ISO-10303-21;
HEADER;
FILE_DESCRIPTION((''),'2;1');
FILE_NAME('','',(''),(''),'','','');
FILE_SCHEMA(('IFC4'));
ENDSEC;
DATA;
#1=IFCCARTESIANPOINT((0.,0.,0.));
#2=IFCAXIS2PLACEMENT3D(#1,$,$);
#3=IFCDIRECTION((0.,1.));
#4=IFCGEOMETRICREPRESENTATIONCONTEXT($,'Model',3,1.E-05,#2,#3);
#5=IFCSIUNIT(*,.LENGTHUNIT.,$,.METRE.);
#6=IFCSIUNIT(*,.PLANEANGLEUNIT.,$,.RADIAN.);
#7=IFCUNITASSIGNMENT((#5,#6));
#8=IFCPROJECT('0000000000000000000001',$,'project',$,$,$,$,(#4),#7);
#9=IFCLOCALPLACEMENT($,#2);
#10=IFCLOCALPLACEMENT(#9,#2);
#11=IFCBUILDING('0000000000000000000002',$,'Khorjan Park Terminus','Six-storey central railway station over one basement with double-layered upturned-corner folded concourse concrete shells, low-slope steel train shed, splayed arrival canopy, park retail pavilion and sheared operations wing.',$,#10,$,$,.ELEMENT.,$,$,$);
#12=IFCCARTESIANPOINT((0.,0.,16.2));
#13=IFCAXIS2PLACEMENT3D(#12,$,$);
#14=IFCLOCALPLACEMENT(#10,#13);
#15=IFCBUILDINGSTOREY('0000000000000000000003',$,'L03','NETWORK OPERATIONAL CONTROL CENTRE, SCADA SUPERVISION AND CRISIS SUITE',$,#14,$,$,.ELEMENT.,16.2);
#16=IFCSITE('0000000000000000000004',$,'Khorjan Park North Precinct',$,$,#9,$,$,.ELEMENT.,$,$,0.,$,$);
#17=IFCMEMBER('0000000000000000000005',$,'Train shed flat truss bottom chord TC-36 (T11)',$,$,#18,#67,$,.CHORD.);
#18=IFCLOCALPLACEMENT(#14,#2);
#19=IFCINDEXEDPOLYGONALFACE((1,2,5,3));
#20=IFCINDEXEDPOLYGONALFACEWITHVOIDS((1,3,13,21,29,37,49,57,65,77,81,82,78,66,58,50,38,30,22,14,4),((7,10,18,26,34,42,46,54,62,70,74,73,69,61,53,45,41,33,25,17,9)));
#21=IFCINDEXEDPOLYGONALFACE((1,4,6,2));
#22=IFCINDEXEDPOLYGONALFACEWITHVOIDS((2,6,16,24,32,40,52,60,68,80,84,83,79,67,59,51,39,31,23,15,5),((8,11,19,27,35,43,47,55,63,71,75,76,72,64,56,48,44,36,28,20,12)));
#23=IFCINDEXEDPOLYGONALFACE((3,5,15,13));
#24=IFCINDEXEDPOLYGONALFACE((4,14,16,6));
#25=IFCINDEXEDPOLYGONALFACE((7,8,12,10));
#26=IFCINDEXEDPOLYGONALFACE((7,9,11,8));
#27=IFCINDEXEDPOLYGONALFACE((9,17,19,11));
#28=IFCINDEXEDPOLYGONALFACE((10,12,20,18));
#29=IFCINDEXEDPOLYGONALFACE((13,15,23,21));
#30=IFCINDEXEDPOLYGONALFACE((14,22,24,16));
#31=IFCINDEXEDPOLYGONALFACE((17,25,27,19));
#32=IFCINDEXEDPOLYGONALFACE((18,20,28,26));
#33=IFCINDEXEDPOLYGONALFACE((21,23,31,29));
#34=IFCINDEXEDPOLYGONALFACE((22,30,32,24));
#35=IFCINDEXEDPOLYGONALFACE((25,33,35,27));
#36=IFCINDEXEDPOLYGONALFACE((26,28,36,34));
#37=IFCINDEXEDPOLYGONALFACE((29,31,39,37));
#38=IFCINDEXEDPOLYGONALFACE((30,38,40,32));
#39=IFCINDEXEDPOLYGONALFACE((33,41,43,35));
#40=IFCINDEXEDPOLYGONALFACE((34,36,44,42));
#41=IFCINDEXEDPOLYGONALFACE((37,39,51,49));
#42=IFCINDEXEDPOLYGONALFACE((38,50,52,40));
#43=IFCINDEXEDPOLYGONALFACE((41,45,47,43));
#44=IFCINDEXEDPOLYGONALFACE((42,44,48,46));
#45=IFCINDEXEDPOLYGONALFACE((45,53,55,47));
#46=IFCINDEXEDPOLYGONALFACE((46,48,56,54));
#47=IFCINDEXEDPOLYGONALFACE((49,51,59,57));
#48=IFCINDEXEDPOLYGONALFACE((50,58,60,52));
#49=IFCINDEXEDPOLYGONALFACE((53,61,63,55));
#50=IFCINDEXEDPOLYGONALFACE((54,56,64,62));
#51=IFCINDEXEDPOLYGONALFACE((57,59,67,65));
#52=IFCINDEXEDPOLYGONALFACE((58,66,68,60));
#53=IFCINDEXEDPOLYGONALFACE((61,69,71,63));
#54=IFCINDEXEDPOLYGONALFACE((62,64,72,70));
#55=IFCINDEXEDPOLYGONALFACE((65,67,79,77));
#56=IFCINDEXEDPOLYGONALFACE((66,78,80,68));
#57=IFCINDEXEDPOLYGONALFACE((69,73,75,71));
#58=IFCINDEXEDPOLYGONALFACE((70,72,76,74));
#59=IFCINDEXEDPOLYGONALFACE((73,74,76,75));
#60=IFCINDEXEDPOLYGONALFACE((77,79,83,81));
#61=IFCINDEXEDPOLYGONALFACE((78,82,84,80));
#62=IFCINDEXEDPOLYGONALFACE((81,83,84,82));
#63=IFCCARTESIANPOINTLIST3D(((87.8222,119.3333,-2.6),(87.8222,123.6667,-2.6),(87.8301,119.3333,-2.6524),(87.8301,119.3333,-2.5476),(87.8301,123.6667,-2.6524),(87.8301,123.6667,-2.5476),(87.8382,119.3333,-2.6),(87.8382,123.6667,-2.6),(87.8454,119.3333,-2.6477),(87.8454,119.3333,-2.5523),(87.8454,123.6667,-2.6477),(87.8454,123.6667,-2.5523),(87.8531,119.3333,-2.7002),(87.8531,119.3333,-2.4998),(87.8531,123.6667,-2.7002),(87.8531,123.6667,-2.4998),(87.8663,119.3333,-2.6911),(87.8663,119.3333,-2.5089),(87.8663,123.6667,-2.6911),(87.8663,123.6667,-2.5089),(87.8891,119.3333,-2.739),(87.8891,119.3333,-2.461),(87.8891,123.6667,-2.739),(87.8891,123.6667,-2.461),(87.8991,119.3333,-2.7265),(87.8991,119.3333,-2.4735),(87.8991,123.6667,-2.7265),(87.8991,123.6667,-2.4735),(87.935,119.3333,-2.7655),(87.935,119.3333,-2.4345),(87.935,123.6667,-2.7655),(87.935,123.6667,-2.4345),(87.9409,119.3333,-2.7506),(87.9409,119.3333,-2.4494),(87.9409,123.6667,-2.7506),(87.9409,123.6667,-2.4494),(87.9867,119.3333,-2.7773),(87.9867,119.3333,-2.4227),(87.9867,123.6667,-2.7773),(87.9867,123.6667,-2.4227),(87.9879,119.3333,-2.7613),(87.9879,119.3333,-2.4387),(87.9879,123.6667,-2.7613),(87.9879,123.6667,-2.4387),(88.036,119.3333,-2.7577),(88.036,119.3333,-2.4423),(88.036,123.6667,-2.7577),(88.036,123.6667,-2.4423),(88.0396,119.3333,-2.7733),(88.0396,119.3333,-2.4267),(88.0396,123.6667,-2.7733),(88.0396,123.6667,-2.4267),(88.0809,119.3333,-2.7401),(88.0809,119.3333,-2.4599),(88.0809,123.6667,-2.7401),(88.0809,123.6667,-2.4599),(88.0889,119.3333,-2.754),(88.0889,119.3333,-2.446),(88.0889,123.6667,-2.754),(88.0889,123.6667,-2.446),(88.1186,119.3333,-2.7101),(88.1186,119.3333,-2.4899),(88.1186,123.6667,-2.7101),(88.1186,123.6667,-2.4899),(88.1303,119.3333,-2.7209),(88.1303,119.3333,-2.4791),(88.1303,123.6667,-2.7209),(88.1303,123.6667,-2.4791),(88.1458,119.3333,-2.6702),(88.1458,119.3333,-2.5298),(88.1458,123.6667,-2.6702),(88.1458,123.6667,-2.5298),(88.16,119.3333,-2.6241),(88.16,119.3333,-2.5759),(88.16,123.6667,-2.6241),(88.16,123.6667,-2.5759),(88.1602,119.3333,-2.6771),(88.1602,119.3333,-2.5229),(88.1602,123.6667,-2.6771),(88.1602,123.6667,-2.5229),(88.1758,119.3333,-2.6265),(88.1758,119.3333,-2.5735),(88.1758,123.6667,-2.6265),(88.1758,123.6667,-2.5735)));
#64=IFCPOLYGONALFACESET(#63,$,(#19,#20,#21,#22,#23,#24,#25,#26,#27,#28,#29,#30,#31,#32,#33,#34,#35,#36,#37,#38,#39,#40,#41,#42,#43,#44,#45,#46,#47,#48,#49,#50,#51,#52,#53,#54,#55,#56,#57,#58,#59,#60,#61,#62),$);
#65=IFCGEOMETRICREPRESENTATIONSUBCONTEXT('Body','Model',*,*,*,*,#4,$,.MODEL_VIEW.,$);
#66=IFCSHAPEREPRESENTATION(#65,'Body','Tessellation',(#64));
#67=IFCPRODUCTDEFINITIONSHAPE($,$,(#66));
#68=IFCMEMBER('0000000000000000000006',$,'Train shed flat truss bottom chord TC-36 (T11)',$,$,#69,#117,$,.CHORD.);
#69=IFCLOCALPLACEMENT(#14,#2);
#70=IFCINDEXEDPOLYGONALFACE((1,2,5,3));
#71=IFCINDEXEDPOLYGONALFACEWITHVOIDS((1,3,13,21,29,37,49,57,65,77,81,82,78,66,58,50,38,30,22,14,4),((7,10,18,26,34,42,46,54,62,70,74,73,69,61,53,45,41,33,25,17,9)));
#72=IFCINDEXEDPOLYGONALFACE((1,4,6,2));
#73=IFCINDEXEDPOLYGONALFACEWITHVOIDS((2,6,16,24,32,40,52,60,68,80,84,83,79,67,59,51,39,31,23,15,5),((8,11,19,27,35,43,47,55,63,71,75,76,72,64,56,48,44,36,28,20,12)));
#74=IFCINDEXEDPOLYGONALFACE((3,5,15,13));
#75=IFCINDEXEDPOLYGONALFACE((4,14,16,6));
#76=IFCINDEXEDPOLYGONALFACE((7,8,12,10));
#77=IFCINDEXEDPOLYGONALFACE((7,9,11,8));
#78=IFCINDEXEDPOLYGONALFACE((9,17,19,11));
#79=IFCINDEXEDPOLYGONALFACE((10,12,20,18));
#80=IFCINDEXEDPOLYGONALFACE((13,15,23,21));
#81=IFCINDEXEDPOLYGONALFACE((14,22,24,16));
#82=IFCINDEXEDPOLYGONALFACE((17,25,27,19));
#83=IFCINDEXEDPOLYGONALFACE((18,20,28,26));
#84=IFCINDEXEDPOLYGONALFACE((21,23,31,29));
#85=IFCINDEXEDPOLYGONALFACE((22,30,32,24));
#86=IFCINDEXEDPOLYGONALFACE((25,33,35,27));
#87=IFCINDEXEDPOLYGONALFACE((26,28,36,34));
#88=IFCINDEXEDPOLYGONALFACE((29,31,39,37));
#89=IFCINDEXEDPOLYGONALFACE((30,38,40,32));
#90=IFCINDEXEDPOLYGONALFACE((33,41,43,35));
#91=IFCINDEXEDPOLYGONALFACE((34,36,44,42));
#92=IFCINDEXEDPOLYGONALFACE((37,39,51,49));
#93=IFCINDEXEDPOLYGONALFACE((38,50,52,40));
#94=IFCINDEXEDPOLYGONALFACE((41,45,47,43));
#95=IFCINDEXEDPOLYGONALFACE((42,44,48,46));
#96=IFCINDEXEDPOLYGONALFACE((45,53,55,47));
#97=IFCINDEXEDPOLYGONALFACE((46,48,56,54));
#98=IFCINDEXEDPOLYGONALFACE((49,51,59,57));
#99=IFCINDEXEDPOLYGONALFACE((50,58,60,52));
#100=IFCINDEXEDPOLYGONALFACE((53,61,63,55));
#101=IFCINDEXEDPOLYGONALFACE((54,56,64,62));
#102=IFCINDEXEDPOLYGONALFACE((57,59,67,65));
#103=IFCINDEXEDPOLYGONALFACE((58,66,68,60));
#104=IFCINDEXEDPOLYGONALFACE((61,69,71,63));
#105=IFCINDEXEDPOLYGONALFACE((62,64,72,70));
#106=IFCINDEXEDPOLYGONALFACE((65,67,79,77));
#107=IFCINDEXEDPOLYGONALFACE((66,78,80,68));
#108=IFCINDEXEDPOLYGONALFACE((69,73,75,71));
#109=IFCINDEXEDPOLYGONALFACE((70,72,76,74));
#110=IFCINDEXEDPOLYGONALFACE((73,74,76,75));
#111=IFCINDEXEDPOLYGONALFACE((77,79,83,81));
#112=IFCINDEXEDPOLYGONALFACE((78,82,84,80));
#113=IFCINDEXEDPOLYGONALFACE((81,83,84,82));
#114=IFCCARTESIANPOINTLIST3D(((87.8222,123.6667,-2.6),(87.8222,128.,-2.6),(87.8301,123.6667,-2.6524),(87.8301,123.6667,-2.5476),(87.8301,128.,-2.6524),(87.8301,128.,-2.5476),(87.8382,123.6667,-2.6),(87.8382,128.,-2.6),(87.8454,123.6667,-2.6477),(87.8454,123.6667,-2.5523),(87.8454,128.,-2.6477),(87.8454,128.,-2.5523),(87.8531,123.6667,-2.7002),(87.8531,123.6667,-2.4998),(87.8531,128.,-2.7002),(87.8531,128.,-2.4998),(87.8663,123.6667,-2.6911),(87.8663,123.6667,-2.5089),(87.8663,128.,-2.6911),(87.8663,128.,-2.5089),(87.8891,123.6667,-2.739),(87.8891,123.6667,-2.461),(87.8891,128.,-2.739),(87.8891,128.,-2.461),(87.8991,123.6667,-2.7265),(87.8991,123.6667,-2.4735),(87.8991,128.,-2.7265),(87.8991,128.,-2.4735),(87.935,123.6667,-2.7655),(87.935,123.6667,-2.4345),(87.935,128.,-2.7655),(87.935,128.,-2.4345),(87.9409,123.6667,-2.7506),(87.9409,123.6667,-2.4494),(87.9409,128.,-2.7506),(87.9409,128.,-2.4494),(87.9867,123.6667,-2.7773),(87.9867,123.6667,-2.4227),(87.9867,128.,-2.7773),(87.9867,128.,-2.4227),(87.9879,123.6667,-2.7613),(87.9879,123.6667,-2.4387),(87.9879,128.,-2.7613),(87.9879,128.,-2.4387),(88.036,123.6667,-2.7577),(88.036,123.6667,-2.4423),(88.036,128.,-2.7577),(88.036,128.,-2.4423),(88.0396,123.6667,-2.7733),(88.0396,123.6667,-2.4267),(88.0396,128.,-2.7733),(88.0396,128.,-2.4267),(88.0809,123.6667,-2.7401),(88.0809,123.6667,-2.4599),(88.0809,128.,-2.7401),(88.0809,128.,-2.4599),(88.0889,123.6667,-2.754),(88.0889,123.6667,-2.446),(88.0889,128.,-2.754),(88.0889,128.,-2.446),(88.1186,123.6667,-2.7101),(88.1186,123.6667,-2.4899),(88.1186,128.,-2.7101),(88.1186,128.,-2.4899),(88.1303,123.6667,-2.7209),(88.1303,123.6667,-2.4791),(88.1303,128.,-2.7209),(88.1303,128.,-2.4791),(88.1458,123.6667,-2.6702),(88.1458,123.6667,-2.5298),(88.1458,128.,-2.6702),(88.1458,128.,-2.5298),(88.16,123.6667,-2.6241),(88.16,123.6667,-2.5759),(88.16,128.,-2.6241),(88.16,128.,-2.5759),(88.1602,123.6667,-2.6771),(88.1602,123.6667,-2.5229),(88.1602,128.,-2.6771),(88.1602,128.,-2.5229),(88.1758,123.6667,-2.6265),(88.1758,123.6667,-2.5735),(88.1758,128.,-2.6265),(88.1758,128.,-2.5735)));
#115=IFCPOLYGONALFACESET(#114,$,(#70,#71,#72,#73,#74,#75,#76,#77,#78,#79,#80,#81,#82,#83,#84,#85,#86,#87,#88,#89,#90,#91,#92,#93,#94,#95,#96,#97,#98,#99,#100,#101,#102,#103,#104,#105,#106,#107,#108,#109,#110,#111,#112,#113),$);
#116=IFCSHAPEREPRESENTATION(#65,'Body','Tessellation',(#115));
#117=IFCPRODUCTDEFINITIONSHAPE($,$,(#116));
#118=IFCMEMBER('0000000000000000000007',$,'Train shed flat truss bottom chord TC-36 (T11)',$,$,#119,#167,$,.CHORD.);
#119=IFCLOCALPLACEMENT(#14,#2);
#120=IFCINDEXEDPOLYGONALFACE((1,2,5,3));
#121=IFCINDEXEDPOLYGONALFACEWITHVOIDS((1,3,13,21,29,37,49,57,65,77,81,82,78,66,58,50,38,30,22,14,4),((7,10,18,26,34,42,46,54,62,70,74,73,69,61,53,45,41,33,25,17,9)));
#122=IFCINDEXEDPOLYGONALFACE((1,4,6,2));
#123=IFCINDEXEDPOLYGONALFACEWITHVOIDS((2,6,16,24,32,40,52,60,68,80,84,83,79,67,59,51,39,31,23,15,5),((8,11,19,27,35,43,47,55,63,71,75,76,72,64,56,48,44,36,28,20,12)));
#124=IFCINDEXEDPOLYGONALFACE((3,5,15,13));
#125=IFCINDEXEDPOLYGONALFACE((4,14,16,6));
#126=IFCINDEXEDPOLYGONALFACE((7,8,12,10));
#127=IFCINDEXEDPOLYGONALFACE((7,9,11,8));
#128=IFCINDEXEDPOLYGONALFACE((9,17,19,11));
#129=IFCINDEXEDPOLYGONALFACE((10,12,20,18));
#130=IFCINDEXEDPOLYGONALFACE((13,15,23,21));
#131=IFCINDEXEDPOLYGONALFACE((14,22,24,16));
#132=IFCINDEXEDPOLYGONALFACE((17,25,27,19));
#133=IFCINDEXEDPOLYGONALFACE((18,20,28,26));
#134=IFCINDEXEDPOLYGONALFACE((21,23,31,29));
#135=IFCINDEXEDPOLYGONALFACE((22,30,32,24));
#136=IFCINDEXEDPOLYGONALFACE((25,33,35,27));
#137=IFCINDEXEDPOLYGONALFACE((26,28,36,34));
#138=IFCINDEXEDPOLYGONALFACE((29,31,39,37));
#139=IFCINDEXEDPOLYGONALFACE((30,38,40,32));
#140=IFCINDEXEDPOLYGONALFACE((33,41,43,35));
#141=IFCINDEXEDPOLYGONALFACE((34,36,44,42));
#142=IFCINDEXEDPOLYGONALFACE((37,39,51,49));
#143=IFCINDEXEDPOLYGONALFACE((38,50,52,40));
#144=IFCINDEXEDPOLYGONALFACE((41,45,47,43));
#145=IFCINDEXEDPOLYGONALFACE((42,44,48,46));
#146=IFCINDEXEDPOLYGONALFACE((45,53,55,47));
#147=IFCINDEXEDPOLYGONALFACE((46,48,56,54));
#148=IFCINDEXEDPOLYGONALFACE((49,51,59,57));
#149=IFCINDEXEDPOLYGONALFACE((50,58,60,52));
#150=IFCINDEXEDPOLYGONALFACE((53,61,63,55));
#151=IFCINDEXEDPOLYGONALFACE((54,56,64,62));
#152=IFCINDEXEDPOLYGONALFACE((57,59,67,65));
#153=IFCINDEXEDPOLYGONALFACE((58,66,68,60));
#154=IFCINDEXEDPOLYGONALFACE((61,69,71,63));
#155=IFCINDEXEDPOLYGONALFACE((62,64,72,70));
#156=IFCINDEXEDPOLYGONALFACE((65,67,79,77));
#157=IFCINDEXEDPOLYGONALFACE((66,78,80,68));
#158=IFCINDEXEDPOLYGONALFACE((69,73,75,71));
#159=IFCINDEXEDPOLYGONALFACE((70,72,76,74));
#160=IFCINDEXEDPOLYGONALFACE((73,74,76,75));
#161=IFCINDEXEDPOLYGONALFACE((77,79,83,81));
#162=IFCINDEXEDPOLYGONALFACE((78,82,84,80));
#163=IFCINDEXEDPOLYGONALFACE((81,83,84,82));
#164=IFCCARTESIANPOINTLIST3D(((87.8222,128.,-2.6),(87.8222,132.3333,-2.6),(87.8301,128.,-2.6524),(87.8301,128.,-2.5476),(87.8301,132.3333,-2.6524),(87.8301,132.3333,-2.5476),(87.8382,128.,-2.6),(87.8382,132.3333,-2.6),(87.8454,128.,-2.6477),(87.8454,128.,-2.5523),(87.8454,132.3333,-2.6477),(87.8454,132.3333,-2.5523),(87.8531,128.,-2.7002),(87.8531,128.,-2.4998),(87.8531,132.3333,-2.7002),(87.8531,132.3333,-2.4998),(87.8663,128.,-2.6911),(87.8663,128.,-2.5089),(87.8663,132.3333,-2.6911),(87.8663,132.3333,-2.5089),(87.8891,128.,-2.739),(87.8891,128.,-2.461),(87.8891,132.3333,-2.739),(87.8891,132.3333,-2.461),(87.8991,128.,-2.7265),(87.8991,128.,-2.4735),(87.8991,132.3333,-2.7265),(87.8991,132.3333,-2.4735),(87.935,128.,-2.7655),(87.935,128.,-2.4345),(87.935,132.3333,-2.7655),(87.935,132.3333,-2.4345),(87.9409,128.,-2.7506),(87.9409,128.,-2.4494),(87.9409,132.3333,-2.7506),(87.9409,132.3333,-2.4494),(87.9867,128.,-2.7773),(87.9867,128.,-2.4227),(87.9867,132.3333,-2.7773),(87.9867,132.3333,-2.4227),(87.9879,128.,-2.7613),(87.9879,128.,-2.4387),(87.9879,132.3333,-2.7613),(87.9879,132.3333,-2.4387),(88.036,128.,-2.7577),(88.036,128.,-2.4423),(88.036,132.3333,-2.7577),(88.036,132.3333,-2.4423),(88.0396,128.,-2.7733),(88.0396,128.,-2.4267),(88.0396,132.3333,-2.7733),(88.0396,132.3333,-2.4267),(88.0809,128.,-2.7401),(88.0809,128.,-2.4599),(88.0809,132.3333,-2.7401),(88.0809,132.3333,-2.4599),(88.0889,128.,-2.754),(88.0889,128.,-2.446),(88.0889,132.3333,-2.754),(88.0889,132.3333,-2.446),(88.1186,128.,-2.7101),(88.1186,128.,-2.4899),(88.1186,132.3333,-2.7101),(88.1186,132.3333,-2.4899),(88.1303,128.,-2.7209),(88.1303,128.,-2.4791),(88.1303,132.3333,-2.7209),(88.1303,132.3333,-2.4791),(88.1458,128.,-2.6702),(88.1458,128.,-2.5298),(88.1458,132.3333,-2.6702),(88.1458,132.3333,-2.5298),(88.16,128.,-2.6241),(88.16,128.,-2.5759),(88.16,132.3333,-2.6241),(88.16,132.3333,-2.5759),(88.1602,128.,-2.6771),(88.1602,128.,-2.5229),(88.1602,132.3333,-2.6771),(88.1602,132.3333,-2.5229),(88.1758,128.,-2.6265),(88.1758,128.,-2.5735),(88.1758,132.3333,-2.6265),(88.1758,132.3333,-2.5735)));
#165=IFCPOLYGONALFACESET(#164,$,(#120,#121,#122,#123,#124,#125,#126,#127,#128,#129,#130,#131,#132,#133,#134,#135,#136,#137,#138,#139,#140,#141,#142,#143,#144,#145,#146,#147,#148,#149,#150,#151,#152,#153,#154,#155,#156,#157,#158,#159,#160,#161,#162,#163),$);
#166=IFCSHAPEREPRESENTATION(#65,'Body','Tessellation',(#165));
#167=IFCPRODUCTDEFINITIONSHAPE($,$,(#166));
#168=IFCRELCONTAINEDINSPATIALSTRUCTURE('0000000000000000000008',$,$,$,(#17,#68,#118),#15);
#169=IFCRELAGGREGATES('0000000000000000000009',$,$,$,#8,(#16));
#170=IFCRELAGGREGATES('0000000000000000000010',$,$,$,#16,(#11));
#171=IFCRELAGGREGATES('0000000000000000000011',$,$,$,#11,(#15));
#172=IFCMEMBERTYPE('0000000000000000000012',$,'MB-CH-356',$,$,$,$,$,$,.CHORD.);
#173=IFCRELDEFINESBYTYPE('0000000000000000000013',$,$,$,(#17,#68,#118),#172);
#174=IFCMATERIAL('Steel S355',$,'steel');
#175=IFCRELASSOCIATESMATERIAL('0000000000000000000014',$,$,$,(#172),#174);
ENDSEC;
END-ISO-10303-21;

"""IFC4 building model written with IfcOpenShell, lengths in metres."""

from ifc_helpers import new_model, si_unit, direction, frame, origin, origin_2d, place, context, subcontext, project, spatial, hollow_circle, extrude, material, material_profile, profile_set, type_object, element, save


model = new_model("IFC4")

# Units and contexts
model_context = context("Model", 3, precision=1e-05, world=origin(), true_north=direction((0.0, 1.0)))
body_context = subcontext(model_context, "Body", "Model", "MODEL_VIEW")
ifc_project = project(units=[si_unit("LENGTHUNIT", "METRE"), si_unit("PLANEANGLEUNIT", "RADIAN")], contexts=[model_context])

# Site, building, storey
site_placement = place(None, origin())
site = spatial("IfcSite", under=ifc_project, at=site_placement, Name="Khorjan Park North Precinct", CompositionType="ELEMENT", RefElevation=0.0)
building_placement = place(site_placement, origin())
building = spatial("IfcBuilding", under=site, at=building_placement, Name="Khorjan Park Terminus", Description="Six-storey central railway station over one basement with double-layered upturned-corner folded concourse concrete shells, low-slope steel train shed, splayed arrival canopy, park retail pavilion and sheared operations wing.", CompositionType="ELEMENT")
storey_placement = place(building_placement, frame((0.0, 0.0, 16.2)))
storey = spatial("IfcBuildingStorey", under=building, at=storey_placement, Name="L03", Description="NETWORK OPERATIONAL CONTROL CENTRE, SCADA SUPERVISION AND CRISIS SUITE", CompositionType="ELEMENT", Elevation=16.2)

# Members
ifc_material = material(Name="Steel S355", Category="steel")
ifc_material_profile_1 = material_profile(ifc_material, hollow_circle(Radius=0.1778, WallThickness=0.016, at=origin_2d()), Name="CHS 355.6x16")
ifc_profile_set_1 = profile_set([ifc_material_profile_1], Name="Steel S355")
member_type_1 = type_object("IfcMemberType", Name="MB-CH-356", PredefinedType="CHORD", material=ifc_profile_set_1)
member_1_placement = place(storey_placement, frame((88.0, 119.3333, -2.6), z_axis=(0.0, 1.0, 0.0), x_axis=(-1.0, 0.0, 0.0)))
element("IfcMember", 1, at=member_1_placement, inside=storey, type_object=member_type_1, Name="Train shed flat truss bottom chord TC-36 (T11)", PredefinedType="CHORD", context=body_context, shape_type="SweptSolid", body=[
    extrude(hollow_circle(Radius=0.1778, WallThickness=0.016, at=origin_2d()), origin(), (0.0, 0.0, 1.0), 4.3334),
])
for number, where, z_axis, x_axis, name in (
    (2, (88.0, 123.6667, -2.6), (0.0, 1.0, 0.0), (-1.0, 0.0, 0.0), "Train shed flat truss bottom chord TC-36 (T11)"),
    (3, (88.0, 128.0, -2.6), (0.0, 1.0, 0.0), (-1.0, 0.0, 0.0), "Train shed flat truss bottom chord TC-36 (T11)"),
):
    element("IfcMember", number, at=place(storey_placement, frame(where, z_axis=z_axis, x_axis=x_axis)), inside=storey, type_object=member_type_1, Name=name, PredefinedType="CHORD", context=body_context, shape_type="SweptSolid", body=[
        extrude(hollow_circle(Radius=0.1778, WallThickness=0.016, at=origin_2d()), origin(), (0.0, 0.0, 1.0), 4.3333),
    ])

save(model, "model.ifc")
